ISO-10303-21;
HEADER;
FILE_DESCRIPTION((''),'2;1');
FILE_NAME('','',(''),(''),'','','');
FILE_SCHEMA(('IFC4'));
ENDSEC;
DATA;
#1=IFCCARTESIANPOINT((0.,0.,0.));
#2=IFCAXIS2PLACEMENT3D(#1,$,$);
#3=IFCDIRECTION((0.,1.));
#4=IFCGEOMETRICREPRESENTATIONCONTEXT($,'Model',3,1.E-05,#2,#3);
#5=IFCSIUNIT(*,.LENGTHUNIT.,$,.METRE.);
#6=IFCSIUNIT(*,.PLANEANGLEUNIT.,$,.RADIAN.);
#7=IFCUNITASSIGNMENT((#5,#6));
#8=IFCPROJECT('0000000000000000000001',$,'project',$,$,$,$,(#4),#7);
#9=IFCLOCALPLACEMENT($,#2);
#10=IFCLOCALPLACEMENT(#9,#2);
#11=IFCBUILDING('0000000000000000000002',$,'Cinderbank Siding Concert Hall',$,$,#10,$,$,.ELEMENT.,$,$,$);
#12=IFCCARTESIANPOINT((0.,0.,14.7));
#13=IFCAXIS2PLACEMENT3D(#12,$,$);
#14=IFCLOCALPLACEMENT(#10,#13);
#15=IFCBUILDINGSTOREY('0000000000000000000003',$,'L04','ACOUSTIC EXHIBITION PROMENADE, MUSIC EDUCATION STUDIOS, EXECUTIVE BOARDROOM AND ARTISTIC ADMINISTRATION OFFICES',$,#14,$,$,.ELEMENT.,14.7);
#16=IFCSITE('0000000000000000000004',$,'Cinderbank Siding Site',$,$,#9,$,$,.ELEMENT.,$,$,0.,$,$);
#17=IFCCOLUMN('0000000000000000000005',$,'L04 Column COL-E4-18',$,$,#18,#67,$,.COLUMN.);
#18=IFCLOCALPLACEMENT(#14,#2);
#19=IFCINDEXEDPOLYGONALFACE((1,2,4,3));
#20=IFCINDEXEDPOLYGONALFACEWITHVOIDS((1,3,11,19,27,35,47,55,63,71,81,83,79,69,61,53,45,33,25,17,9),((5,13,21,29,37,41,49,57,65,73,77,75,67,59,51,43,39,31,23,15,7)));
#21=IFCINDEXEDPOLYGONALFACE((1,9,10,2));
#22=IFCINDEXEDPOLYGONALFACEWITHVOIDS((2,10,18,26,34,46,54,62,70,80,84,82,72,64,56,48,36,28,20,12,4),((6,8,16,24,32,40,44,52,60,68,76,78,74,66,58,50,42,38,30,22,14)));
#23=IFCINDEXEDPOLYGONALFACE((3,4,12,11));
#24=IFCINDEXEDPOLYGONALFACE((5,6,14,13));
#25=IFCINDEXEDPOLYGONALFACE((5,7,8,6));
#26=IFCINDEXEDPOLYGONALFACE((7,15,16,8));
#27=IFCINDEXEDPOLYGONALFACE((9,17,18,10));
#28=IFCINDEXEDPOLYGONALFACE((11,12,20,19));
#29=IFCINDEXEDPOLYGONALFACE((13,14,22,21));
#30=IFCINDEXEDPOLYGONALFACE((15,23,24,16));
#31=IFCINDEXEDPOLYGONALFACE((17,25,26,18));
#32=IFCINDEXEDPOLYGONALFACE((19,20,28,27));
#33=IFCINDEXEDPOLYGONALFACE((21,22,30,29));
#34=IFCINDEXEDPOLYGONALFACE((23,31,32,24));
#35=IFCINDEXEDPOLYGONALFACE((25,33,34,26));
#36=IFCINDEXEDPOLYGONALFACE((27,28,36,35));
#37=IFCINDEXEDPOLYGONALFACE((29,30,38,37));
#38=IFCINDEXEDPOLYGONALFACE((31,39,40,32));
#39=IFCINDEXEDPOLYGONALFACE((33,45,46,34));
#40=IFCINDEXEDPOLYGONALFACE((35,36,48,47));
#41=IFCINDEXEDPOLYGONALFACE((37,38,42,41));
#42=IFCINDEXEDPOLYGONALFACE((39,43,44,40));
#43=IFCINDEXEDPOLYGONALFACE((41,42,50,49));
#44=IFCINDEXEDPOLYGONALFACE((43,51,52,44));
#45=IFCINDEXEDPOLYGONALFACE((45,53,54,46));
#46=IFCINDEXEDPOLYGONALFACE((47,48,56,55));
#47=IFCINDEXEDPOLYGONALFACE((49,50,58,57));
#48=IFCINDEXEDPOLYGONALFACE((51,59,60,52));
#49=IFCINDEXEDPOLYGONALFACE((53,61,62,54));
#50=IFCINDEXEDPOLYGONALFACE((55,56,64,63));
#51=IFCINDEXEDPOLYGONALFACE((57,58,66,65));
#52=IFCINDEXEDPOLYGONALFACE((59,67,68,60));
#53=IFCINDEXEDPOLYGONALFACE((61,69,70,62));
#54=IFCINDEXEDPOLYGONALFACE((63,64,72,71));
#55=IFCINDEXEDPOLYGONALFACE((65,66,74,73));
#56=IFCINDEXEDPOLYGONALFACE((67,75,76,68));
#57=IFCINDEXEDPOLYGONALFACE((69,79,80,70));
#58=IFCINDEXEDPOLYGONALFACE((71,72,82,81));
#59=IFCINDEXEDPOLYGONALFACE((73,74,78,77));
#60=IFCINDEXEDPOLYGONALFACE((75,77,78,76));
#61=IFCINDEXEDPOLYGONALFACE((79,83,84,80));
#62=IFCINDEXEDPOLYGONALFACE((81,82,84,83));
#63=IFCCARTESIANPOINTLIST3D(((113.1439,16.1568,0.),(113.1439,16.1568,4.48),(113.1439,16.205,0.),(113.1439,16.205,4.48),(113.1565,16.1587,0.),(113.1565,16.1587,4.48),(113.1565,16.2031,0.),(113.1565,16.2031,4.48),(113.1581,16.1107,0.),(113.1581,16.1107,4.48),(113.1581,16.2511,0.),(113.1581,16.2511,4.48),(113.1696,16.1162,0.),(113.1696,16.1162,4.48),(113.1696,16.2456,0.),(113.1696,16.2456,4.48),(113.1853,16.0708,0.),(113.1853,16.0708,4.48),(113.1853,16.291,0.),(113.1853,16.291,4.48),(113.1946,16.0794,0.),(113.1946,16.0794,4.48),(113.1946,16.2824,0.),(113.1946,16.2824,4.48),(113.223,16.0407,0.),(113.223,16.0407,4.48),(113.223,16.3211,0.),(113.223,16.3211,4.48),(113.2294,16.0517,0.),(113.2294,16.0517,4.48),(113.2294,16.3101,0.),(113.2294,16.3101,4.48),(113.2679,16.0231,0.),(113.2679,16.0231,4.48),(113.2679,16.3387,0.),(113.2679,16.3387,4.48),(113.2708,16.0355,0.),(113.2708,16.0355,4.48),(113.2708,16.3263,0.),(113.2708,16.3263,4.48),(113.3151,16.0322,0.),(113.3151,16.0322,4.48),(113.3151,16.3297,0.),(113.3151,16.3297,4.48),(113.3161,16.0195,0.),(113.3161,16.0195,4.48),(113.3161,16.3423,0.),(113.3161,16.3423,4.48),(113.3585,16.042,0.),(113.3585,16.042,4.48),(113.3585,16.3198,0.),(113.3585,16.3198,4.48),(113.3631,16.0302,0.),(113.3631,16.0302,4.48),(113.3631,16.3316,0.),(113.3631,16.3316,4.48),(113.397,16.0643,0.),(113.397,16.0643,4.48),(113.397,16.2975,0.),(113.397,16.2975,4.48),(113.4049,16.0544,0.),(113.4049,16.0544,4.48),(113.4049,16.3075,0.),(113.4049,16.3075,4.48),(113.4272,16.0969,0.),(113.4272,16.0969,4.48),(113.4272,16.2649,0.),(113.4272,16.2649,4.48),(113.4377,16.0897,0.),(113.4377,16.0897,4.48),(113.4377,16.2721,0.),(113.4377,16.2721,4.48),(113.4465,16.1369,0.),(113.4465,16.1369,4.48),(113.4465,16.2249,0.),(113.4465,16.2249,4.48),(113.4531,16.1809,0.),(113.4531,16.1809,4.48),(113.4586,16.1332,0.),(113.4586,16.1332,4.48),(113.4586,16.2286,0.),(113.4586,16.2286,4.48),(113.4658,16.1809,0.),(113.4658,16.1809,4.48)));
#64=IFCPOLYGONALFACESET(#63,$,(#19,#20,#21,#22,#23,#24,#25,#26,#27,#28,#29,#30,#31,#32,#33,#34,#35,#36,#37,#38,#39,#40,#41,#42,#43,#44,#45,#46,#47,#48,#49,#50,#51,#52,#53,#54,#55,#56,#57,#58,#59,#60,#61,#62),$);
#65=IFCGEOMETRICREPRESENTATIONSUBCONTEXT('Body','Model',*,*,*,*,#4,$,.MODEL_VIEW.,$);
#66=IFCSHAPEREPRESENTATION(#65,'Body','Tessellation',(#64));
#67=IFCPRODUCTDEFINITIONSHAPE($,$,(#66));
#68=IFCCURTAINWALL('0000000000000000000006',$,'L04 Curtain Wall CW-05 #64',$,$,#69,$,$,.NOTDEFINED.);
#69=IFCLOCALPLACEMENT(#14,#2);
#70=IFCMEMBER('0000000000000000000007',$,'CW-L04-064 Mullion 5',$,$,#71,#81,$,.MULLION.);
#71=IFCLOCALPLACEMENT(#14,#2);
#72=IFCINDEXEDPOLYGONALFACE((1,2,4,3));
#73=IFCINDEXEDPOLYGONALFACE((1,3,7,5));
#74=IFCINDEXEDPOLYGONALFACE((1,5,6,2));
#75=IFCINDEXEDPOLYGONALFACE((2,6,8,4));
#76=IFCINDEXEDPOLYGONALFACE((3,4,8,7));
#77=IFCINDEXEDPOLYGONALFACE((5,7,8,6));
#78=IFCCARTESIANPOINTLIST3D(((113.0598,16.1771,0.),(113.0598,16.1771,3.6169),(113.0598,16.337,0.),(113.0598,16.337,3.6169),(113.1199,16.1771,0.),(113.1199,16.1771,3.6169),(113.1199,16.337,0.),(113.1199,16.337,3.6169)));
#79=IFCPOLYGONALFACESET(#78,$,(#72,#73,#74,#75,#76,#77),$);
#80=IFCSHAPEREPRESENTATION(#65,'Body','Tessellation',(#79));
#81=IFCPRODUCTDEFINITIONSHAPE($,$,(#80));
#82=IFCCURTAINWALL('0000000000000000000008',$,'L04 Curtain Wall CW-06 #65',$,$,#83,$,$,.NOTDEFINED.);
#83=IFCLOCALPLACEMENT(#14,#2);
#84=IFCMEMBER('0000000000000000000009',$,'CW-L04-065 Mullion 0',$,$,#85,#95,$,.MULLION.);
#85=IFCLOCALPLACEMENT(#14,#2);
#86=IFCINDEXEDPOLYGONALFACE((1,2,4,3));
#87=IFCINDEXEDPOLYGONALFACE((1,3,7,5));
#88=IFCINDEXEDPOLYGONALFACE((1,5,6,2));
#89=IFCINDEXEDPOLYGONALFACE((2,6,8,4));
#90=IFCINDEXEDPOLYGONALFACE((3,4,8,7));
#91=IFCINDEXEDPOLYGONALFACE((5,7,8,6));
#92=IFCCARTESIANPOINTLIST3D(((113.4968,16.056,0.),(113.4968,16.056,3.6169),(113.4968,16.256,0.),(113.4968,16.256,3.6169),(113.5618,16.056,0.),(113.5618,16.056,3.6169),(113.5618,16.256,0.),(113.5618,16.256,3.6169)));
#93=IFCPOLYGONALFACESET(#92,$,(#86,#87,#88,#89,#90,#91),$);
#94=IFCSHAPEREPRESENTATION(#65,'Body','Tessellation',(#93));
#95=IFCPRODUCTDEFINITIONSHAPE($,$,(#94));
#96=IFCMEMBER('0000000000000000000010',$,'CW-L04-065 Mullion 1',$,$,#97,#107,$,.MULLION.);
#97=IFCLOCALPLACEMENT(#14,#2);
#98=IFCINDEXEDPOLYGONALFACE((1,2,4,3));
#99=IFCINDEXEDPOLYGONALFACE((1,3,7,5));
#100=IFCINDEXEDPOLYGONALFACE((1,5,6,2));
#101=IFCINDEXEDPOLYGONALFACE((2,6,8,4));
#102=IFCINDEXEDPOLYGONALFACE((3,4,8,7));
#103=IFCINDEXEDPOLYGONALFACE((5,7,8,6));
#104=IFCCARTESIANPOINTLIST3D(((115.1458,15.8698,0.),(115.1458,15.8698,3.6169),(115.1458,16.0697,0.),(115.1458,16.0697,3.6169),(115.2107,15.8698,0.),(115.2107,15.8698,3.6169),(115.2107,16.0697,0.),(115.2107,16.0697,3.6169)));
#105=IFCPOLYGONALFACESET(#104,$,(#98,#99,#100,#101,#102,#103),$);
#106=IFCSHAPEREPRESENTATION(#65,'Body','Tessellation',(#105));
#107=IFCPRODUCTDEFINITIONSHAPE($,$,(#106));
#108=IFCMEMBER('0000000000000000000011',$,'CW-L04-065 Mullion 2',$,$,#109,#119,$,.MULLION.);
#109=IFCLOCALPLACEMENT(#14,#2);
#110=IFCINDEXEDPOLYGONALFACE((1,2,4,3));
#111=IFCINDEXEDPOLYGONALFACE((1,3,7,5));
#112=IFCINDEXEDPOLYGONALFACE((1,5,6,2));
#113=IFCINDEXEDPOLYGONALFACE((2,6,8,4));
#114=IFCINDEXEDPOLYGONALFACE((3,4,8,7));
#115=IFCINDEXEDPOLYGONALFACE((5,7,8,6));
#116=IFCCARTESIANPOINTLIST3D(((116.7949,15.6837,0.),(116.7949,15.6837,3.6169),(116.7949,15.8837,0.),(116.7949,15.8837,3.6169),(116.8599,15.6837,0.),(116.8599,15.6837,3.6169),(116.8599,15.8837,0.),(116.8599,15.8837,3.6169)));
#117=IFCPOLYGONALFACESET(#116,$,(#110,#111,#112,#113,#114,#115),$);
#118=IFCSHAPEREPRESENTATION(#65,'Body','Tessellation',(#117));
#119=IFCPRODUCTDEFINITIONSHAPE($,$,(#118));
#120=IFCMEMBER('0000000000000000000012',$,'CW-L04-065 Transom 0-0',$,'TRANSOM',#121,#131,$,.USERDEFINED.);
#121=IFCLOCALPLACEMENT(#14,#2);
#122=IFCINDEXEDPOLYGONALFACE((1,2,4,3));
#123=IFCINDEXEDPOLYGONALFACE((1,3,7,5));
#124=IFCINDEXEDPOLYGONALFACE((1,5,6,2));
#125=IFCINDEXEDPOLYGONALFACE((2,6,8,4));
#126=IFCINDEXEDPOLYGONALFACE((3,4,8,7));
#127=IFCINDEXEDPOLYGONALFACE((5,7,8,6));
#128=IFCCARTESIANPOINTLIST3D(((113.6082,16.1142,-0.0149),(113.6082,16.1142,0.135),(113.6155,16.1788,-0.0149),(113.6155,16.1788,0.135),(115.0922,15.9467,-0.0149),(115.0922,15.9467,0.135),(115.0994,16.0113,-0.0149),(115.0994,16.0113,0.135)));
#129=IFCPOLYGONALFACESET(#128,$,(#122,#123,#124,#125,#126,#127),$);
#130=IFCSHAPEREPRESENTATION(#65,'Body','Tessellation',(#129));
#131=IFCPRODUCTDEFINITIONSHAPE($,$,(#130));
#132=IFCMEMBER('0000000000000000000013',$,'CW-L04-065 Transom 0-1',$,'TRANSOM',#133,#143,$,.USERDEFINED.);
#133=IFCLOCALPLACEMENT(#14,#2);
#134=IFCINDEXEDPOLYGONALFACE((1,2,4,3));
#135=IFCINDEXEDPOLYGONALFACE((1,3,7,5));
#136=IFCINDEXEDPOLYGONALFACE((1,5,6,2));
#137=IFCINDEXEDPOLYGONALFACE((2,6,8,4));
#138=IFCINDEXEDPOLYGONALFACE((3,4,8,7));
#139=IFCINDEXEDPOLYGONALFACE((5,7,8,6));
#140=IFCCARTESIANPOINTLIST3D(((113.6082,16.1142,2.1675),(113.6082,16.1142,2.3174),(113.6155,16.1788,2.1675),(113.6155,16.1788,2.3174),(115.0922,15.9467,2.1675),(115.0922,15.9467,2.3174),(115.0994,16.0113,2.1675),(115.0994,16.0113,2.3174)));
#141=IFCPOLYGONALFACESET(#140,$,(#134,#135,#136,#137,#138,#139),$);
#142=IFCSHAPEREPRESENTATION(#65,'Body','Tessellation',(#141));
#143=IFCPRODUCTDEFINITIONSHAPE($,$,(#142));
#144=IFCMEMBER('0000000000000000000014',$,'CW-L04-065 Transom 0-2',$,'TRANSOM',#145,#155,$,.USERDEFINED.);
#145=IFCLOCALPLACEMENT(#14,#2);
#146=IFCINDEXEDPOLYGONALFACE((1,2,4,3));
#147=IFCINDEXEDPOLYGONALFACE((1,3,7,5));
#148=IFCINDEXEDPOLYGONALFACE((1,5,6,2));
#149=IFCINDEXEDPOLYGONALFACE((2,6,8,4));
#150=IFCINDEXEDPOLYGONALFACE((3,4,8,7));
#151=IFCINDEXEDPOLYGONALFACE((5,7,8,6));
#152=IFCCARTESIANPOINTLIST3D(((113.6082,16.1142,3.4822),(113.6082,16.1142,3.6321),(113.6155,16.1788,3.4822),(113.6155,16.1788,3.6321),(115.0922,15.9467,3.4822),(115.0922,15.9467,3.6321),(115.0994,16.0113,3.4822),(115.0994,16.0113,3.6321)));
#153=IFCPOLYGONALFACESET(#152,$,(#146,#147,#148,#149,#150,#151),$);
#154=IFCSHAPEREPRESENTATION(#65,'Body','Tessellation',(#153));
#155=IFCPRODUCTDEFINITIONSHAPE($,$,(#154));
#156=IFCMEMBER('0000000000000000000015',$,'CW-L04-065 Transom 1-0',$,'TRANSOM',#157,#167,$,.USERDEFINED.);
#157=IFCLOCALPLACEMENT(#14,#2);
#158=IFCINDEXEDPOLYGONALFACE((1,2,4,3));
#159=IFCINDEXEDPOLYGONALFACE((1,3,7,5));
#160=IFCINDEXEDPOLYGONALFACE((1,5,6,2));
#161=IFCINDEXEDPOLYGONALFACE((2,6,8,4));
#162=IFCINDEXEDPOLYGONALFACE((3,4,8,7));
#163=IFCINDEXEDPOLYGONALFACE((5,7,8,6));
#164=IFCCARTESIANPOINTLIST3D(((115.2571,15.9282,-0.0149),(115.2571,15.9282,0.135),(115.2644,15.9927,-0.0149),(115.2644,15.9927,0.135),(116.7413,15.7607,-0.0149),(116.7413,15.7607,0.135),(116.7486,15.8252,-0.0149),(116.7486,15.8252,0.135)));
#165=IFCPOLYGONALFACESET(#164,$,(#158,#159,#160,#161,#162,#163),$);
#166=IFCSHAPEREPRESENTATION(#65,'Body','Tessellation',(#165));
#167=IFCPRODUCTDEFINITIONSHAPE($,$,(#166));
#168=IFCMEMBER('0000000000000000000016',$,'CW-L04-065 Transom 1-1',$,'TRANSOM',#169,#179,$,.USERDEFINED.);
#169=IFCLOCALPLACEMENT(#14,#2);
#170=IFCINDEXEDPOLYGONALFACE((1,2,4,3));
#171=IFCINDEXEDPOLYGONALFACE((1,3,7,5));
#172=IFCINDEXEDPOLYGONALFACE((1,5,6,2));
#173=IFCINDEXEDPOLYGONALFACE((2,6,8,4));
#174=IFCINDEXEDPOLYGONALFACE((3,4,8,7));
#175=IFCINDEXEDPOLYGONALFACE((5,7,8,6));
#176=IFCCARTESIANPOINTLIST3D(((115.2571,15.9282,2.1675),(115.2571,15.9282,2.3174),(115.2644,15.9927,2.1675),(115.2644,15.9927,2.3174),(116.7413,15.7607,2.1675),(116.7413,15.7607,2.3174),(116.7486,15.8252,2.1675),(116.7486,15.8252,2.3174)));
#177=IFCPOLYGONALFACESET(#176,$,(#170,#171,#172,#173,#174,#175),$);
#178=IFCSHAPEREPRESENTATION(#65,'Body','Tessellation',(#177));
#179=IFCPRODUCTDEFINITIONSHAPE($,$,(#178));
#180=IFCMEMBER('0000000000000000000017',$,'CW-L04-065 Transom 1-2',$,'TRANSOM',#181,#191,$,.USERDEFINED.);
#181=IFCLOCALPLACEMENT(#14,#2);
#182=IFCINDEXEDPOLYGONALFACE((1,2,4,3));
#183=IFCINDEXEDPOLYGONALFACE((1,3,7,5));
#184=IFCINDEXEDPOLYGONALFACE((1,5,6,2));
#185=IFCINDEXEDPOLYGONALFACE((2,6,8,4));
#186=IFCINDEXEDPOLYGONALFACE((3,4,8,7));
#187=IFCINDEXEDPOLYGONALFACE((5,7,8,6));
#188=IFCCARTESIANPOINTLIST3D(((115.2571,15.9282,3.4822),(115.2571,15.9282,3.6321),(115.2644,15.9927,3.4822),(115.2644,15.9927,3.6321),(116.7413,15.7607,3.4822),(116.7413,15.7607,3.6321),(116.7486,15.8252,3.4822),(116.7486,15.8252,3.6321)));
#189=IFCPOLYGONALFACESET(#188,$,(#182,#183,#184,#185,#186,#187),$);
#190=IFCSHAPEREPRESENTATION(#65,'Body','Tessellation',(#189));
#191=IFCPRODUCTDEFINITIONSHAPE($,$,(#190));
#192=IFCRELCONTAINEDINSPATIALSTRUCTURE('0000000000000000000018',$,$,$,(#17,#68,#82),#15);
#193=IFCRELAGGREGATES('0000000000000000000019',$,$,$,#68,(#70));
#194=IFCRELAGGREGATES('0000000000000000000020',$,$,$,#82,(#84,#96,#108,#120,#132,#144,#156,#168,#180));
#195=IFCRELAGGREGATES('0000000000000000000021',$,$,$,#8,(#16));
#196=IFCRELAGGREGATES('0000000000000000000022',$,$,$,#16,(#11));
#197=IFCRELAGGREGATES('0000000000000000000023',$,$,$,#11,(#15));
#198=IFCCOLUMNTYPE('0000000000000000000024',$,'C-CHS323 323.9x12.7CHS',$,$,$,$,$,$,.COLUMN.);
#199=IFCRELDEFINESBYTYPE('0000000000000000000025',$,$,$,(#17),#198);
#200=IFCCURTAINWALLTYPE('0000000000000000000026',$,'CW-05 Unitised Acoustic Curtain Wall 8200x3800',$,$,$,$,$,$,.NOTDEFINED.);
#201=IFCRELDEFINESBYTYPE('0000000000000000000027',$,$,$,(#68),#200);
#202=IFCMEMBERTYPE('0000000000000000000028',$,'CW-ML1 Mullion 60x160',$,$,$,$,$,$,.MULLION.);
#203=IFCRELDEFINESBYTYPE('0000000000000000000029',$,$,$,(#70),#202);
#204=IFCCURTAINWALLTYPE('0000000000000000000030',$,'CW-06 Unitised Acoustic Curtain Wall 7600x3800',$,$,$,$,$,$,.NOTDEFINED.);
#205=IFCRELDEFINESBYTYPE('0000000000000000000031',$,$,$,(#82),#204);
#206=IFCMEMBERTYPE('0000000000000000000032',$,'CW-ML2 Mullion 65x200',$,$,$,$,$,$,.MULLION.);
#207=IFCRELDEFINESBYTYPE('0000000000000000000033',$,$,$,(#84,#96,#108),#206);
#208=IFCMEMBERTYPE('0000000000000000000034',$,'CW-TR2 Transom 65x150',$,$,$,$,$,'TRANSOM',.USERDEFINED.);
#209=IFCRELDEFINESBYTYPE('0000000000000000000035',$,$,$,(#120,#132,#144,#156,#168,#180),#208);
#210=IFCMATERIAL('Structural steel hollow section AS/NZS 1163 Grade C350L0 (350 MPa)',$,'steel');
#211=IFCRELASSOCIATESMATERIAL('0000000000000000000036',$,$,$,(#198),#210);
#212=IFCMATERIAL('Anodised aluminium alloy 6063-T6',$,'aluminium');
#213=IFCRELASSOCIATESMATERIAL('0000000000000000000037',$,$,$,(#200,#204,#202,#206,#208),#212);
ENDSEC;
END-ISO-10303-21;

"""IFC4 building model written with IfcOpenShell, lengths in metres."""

from ifc_helpers import new_model, si_unit, direction, frame, origin, origin_2d, place, context, subcontext, project, spatial, rectangle, hollow_circle, extrude, material, material_profile, profile_set, type_object, element, aggregate, save


model = new_model("IFC4")

# Units and contexts
model_context = context("Model", 3, precision=1e-05, world=origin(), true_north=direction((0.0, 1.0)))
body_context = subcontext(model_context, "Body", "Model", "MODEL_VIEW")
ifc_project = project(units=[si_unit("LENGTHUNIT", "METRE"), si_unit("PLANEANGLEUNIT", "RADIAN")], contexts=[model_context])

# Site, building, storey
site_placement = place(None, origin())
site = spatial("IfcSite", under=ifc_project, at=site_placement, Name="Cinderbank Siding Site", CompositionType="ELEMENT", RefElevation=0.0)
building_placement = place(site_placement, origin())
building = spatial("IfcBuilding", under=site, at=building_placement, Name="Cinderbank Siding Concert Hall", CompositionType="ELEMENT")
storey_placement = place(building_placement, frame((0.0, 0.0, 14.7)))
storey = spatial("IfcBuildingStorey", under=building, at=storey_placement, Name="L04", Description="ACOUSTIC EXHIBITION PROMENADE, MUSIC EDUCATION STUDIOS, EXECUTIVE BOARDROOM AND ARTISTIC ADMINISTRATION OFFICES", CompositionType="ELEMENT", Elevation=14.7)

# Column
ifc_material_1 = material(Name="Structural steel hollow section AS/NZS 1163 Grade C350L0 (350 MPa)", Category="steel")
ifc_material_profile_1 = material_profile(ifc_material_1, hollow_circle(Radius=0.1619, WallThickness=0.0127, at=origin_2d()), Name="323.9x12.7CHS", Category="LoadBearing")
ifc_profile_set_1 = profile_set([ifc_material_profile_1], Name="Structural steel hollow section AS/NZS 1163 Grade C350L0 (350 MPa)")
column_type = type_object("IfcColumnType", Name="C-CHS323 323.9x12.7CHS", PredefinedType="COLUMN", material=ifc_profile_set_1)
column_placement = place(storey_placement, frame((113.304, 16.1809, 0.0), z_axis=(0.0, 0.0, 1.0), x_axis=(1.0, 0.0, 0.0)))
element("IfcColumn", 1, at=column_placement, inside=storey, type_object=column_type, Name="L04 Column COL-E4-18", PredefinedType="COLUMN", context=body_context, shape_type="SweptSolid", body=[
    extrude(hollow_circle(Radius=0.1619, WallThickness=0.0127, at=origin_2d()), origin(), (0.0, 0.0, 1.0), 4.48),
])

# Curtain wall, member
ifc_material_2 = material(Name="Anodised aluminium alloy 6063-T6", Category="aluminium")
curtain_wall_type_1 = type_object("IfcCurtainWallType", Name="CW-05 Unitised Acoustic Curtain Wall 8200x3800", PredefinedType="NOTDEFINED", material=ifc_material_2)
curtain_wall_1_placement = place(storey_placement, origin())
curtain_wall_1 = element("IfcCurtainWall", 2, at=curtain_wall_1_placement, inside=storey, type_object=curtain_wall_type_1, Name="L04 Curtain Wall CW-05 #64", PredefinedType="NOTDEFINED")
ifc_material_profile_2 = material_profile(ifc_material_2, rectangle(XDim=0.0601, YDim=0.1599, at=origin_2d()), Name="ALU-MULL-60x160", Category="LoadBearing")
ifc_profile_set_2 = profile_set([ifc_material_profile_2], Name="Anodised aluminium alloy 6063-T6")
member_type_1 = type_object("IfcMemberType", Name="CW-ML1 Mullion 60x160", PredefinedType="MULLION", material=ifc_profile_set_2)
member_1_placement = place(storey_placement, frame((113.0898, 16.2571, 0.0), z_axis=(0.0, 0.0, 1.0), x_axis=(1.0, 0.0, 0.0)))
member_1 = element("IfcMember", 3, at=member_1_placement, type_object=member_type_1, Name="CW-L04-064 Mullion 5", PredefinedType="MULLION", context=body_context, shape_type="SweptSolid", body=[
    extrude(rectangle(XDim=0.0601, YDim=0.1599, at=origin_2d()), origin(), (0.0, 0.0, 1.0), 3.6169),
])
aggregate(curtain_wall_1, [member_1])

# Curtain wall, members
curtain_wall_type_2 = type_object("IfcCurtainWallType", Name="CW-06 Unitised Acoustic Curtain Wall 7600x3800", PredefinedType="NOTDEFINED", material=ifc_material_2)
curtain_wall_2_placement = place(storey_placement, origin())
curtain_wall_2 = element("IfcCurtainWall", 4, at=curtain_wall_2_placement, inside=storey, type_object=curtain_wall_type_2, Name="L04 Curtain Wall CW-06 #65", PredefinedType="NOTDEFINED")
ifc_material_profile_3 = material_profile(ifc_material_2, rectangle(XDim=0.0649, YDim=0.2, at=origin_2d()), Name="ALU-MULL-65x200", Category="LoadBearing")
ifc_profile_set_3 = profile_set([ifc_material_profile_3], Name="Anodised aluminium alloy 6063-T6")
member_type_2 = type_object("IfcMemberType", Name="CW-ML2 Mullion 65x200", PredefinedType="MULLION", material=ifc_profile_set_3)
member_2_placement = place(storey_placement, frame((113.5293, 16.156, 0.0), z_axis=(0.0, 0.0, 1.0), x_axis=(1.0, 0.0, 0.0)))
member_2 = element("IfcMember", 5, at=member_2_placement, type_object=member_type_2, Name="CW-L04-065 Mullion 0", PredefinedType="MULLION", context=body_context, shape_type="SweptSolid", body=[
    extrude(rectangle(XDim=0.0649, YDim=0.2, at=origin_2d()), origin(), (0.0, 0.0, 1.0), 3.6169),
])
member_3_placement = place(storey_placement, frame((115.1782, 15.9697, 0.0), z_axis=(0.0, 0.0, 1.0), x_axis=(1.0, 0.0, 0.0)))
member_3 = element("IfcMember", 6, at=member_3_placement, type_object=member_type_2, Name="CW-L04-065 Mullion 1", PredefinedType="MULLION", context=body_context, shape_type="SweptSolid", body=[
    extrude(rectangle(XDim=0.0649, YDim=0.2, at=origin_2d()), origin(), (0.0, 0.0, 1.0), 3.6169),
])
member_4_placement = place(storey_placement, frame((116.8274, 15.7837, 0.0), z_axis=(0.0, 0.0, 1.0), x_axis=(1.0, 0.0, 0.0)))
member_4 = element("IfcMember", 7, at=member_4_placement, type_object=member_type_2, Name="CW-L04-065 Mullion 2", PredefinedType="MULLION", context=body_context, shape_type="SweptSolid", body=[
    extrude(rectangle(XDim=0.0649, YDim=0.2, at=origin_2d()), origin(), (0.0, 0.0, 1.0), 3.6169),
])
ifc_material_profile_4 = material_profile(ifc_material_2, rectangle(XDim=0.0649, YDim=0.1499, at=origin_2d()), Name="ALU-TRAN-65x150", Category="LoadBearing")
ifc_profile_set_4 = profile_set([ifc_material_profile_4], Name="Anodised aluminium alloy 6063-T6")
member_type_3 = type_object("IfcMemberType", Name="CW-TR2 Transom 65x150", ElementType="TRANSOM", PredefinedType="USERDEFINED", material=ifc_profile_set_4)
member_5_placement = place(storey_placement, frame((113.6118, 16.1465, 0.0601), z_axis=(0.993691, -0.112154, 0.0), x_axis=(0.112154, 0.993691, 0.0)))
member_5 = element("IfcMember", 8, at=member_5_placement, type_object=member_type_3, Name="CW-L04-065 Transom 0-0", ObjectType="TRANSOM", PredefinedType="USERDEFINED", context=body_context, shape_type="SweptSolid", body=[
    extrude(rectangle(XDim=0.0649, YDim=0.1499, at=origin_2d()), origin(), (0.0, 0.0, 1.0), 1.4934),
])
member_6_placement = place(storey_placement, frame((113.6118, 16.1465, 2.2424), z_axis=(0.993691, -0.112154, 0.0), x_axis=(0.112154, 0.993691, 0.0)))
member_6 = element("IfcMember", 9, at=member_6_placement, type_object=member_type_3, Name="CW-L04-065 Transom 0-1", ObjectType="TRANSOM", PredefinedType="USERDEFINED", context=body_context, shape_type="SweptSolid", body=[
    extrude(rectangle(XDim=0.0649, YDim=0.1499, at=origin_2d()), origin(), (0.0, 0.0, 1.0), 1.4934),
])
member_7_placement = place(storey_placement, frame((113.6118, 16.1465, 3.5571), z_axis=(0.993691, -0.112154, 0.0), x_axis=(0.112154, 0.993691, 0.0)))
member_7 = element("IfcMember", 10, at=member_7_placement, type_object=member_type_3, Name="CW-L04-065 Transom 0-2", ObjectType="TRANSOM", PredefinedType="USERDEFINED", context=body_context, shape_type="SweptSolid", body=[
    extrude(rectangle(XDim=0.0649, YDim=0.1499, at=origin_2d()), origin(), (0.0, 0.0, 1.0), 1.4934),
])
member_8_placement = place(storey_placement, frame((115.2607, 15.9604, 0.0601), z_axis=(0.993693, -0.112136, 0.0), x_axis=(0.112136, 0.993693, 0.0)))
member_8 = element("IfcMember", 11, at=member_8_placement, type_object=member_type_3, Name="CW-L04-065 Transom 1-0", ObjectType="TRANSOM", PredefinedType="USERDEFINED", context=body_context, shape_type="SweptSolid", body=[
    extrude(rectangle(XDim=0.0649, YDim=0.1499, at=origin_2d()), origin(), (0.0, 0.0, 1.0), 1.4937),
])
member_9_placement = place(storey_placement, frame((115.2607, 15.9604, 2.2424), z_axis=(0.993693, -0.112136, 0.0), x_axis=(0.112136, 0.993693, 0.0)))
member_9 = element("IfcMember", 12, at=member_9_placement, type_object=member_type_3, Name="CW-L04-065 Transom 1-1", ObjectType="TRANSOM", PredefinedType="USERDEFINED", context=body_context, shape_type="SweptSolid", body=[
    extrude(rectangle(XDim=0.0649, YDim=0.1499, at=origin_2d()), origin(), (0.0, 0.0, 1.0), 1.4937),
])
member_10_placement = place(storey_placement, frame((115.2607, 15.9604, 3.5571), z_axis=(0.993693, -0.112136, 0.0), x_axis=(0.112136, 0.993693, 0.0)))
member_10 = element("IfcMember", 13, at=member_10_placement, type_object=member_type_3, Name="CW-L04-065 Transom 1-2", ObjectType="TRANSOM", PredefinedType="USERDEFINED", context=body_context, shape_type="SweptSolid", body=[
    extrude(rectangle(XDim=0.0649, YDim=0.1499, at=origin_2d()), origin(), (0.0, 0.0, 1.0), 1.4937),
])

aggregate(curtain_wall_2, [member_2, member_3, member_4, member_5, member_6, member_7, member_8, member_9, member_10])

save(model, "model.ifc")
